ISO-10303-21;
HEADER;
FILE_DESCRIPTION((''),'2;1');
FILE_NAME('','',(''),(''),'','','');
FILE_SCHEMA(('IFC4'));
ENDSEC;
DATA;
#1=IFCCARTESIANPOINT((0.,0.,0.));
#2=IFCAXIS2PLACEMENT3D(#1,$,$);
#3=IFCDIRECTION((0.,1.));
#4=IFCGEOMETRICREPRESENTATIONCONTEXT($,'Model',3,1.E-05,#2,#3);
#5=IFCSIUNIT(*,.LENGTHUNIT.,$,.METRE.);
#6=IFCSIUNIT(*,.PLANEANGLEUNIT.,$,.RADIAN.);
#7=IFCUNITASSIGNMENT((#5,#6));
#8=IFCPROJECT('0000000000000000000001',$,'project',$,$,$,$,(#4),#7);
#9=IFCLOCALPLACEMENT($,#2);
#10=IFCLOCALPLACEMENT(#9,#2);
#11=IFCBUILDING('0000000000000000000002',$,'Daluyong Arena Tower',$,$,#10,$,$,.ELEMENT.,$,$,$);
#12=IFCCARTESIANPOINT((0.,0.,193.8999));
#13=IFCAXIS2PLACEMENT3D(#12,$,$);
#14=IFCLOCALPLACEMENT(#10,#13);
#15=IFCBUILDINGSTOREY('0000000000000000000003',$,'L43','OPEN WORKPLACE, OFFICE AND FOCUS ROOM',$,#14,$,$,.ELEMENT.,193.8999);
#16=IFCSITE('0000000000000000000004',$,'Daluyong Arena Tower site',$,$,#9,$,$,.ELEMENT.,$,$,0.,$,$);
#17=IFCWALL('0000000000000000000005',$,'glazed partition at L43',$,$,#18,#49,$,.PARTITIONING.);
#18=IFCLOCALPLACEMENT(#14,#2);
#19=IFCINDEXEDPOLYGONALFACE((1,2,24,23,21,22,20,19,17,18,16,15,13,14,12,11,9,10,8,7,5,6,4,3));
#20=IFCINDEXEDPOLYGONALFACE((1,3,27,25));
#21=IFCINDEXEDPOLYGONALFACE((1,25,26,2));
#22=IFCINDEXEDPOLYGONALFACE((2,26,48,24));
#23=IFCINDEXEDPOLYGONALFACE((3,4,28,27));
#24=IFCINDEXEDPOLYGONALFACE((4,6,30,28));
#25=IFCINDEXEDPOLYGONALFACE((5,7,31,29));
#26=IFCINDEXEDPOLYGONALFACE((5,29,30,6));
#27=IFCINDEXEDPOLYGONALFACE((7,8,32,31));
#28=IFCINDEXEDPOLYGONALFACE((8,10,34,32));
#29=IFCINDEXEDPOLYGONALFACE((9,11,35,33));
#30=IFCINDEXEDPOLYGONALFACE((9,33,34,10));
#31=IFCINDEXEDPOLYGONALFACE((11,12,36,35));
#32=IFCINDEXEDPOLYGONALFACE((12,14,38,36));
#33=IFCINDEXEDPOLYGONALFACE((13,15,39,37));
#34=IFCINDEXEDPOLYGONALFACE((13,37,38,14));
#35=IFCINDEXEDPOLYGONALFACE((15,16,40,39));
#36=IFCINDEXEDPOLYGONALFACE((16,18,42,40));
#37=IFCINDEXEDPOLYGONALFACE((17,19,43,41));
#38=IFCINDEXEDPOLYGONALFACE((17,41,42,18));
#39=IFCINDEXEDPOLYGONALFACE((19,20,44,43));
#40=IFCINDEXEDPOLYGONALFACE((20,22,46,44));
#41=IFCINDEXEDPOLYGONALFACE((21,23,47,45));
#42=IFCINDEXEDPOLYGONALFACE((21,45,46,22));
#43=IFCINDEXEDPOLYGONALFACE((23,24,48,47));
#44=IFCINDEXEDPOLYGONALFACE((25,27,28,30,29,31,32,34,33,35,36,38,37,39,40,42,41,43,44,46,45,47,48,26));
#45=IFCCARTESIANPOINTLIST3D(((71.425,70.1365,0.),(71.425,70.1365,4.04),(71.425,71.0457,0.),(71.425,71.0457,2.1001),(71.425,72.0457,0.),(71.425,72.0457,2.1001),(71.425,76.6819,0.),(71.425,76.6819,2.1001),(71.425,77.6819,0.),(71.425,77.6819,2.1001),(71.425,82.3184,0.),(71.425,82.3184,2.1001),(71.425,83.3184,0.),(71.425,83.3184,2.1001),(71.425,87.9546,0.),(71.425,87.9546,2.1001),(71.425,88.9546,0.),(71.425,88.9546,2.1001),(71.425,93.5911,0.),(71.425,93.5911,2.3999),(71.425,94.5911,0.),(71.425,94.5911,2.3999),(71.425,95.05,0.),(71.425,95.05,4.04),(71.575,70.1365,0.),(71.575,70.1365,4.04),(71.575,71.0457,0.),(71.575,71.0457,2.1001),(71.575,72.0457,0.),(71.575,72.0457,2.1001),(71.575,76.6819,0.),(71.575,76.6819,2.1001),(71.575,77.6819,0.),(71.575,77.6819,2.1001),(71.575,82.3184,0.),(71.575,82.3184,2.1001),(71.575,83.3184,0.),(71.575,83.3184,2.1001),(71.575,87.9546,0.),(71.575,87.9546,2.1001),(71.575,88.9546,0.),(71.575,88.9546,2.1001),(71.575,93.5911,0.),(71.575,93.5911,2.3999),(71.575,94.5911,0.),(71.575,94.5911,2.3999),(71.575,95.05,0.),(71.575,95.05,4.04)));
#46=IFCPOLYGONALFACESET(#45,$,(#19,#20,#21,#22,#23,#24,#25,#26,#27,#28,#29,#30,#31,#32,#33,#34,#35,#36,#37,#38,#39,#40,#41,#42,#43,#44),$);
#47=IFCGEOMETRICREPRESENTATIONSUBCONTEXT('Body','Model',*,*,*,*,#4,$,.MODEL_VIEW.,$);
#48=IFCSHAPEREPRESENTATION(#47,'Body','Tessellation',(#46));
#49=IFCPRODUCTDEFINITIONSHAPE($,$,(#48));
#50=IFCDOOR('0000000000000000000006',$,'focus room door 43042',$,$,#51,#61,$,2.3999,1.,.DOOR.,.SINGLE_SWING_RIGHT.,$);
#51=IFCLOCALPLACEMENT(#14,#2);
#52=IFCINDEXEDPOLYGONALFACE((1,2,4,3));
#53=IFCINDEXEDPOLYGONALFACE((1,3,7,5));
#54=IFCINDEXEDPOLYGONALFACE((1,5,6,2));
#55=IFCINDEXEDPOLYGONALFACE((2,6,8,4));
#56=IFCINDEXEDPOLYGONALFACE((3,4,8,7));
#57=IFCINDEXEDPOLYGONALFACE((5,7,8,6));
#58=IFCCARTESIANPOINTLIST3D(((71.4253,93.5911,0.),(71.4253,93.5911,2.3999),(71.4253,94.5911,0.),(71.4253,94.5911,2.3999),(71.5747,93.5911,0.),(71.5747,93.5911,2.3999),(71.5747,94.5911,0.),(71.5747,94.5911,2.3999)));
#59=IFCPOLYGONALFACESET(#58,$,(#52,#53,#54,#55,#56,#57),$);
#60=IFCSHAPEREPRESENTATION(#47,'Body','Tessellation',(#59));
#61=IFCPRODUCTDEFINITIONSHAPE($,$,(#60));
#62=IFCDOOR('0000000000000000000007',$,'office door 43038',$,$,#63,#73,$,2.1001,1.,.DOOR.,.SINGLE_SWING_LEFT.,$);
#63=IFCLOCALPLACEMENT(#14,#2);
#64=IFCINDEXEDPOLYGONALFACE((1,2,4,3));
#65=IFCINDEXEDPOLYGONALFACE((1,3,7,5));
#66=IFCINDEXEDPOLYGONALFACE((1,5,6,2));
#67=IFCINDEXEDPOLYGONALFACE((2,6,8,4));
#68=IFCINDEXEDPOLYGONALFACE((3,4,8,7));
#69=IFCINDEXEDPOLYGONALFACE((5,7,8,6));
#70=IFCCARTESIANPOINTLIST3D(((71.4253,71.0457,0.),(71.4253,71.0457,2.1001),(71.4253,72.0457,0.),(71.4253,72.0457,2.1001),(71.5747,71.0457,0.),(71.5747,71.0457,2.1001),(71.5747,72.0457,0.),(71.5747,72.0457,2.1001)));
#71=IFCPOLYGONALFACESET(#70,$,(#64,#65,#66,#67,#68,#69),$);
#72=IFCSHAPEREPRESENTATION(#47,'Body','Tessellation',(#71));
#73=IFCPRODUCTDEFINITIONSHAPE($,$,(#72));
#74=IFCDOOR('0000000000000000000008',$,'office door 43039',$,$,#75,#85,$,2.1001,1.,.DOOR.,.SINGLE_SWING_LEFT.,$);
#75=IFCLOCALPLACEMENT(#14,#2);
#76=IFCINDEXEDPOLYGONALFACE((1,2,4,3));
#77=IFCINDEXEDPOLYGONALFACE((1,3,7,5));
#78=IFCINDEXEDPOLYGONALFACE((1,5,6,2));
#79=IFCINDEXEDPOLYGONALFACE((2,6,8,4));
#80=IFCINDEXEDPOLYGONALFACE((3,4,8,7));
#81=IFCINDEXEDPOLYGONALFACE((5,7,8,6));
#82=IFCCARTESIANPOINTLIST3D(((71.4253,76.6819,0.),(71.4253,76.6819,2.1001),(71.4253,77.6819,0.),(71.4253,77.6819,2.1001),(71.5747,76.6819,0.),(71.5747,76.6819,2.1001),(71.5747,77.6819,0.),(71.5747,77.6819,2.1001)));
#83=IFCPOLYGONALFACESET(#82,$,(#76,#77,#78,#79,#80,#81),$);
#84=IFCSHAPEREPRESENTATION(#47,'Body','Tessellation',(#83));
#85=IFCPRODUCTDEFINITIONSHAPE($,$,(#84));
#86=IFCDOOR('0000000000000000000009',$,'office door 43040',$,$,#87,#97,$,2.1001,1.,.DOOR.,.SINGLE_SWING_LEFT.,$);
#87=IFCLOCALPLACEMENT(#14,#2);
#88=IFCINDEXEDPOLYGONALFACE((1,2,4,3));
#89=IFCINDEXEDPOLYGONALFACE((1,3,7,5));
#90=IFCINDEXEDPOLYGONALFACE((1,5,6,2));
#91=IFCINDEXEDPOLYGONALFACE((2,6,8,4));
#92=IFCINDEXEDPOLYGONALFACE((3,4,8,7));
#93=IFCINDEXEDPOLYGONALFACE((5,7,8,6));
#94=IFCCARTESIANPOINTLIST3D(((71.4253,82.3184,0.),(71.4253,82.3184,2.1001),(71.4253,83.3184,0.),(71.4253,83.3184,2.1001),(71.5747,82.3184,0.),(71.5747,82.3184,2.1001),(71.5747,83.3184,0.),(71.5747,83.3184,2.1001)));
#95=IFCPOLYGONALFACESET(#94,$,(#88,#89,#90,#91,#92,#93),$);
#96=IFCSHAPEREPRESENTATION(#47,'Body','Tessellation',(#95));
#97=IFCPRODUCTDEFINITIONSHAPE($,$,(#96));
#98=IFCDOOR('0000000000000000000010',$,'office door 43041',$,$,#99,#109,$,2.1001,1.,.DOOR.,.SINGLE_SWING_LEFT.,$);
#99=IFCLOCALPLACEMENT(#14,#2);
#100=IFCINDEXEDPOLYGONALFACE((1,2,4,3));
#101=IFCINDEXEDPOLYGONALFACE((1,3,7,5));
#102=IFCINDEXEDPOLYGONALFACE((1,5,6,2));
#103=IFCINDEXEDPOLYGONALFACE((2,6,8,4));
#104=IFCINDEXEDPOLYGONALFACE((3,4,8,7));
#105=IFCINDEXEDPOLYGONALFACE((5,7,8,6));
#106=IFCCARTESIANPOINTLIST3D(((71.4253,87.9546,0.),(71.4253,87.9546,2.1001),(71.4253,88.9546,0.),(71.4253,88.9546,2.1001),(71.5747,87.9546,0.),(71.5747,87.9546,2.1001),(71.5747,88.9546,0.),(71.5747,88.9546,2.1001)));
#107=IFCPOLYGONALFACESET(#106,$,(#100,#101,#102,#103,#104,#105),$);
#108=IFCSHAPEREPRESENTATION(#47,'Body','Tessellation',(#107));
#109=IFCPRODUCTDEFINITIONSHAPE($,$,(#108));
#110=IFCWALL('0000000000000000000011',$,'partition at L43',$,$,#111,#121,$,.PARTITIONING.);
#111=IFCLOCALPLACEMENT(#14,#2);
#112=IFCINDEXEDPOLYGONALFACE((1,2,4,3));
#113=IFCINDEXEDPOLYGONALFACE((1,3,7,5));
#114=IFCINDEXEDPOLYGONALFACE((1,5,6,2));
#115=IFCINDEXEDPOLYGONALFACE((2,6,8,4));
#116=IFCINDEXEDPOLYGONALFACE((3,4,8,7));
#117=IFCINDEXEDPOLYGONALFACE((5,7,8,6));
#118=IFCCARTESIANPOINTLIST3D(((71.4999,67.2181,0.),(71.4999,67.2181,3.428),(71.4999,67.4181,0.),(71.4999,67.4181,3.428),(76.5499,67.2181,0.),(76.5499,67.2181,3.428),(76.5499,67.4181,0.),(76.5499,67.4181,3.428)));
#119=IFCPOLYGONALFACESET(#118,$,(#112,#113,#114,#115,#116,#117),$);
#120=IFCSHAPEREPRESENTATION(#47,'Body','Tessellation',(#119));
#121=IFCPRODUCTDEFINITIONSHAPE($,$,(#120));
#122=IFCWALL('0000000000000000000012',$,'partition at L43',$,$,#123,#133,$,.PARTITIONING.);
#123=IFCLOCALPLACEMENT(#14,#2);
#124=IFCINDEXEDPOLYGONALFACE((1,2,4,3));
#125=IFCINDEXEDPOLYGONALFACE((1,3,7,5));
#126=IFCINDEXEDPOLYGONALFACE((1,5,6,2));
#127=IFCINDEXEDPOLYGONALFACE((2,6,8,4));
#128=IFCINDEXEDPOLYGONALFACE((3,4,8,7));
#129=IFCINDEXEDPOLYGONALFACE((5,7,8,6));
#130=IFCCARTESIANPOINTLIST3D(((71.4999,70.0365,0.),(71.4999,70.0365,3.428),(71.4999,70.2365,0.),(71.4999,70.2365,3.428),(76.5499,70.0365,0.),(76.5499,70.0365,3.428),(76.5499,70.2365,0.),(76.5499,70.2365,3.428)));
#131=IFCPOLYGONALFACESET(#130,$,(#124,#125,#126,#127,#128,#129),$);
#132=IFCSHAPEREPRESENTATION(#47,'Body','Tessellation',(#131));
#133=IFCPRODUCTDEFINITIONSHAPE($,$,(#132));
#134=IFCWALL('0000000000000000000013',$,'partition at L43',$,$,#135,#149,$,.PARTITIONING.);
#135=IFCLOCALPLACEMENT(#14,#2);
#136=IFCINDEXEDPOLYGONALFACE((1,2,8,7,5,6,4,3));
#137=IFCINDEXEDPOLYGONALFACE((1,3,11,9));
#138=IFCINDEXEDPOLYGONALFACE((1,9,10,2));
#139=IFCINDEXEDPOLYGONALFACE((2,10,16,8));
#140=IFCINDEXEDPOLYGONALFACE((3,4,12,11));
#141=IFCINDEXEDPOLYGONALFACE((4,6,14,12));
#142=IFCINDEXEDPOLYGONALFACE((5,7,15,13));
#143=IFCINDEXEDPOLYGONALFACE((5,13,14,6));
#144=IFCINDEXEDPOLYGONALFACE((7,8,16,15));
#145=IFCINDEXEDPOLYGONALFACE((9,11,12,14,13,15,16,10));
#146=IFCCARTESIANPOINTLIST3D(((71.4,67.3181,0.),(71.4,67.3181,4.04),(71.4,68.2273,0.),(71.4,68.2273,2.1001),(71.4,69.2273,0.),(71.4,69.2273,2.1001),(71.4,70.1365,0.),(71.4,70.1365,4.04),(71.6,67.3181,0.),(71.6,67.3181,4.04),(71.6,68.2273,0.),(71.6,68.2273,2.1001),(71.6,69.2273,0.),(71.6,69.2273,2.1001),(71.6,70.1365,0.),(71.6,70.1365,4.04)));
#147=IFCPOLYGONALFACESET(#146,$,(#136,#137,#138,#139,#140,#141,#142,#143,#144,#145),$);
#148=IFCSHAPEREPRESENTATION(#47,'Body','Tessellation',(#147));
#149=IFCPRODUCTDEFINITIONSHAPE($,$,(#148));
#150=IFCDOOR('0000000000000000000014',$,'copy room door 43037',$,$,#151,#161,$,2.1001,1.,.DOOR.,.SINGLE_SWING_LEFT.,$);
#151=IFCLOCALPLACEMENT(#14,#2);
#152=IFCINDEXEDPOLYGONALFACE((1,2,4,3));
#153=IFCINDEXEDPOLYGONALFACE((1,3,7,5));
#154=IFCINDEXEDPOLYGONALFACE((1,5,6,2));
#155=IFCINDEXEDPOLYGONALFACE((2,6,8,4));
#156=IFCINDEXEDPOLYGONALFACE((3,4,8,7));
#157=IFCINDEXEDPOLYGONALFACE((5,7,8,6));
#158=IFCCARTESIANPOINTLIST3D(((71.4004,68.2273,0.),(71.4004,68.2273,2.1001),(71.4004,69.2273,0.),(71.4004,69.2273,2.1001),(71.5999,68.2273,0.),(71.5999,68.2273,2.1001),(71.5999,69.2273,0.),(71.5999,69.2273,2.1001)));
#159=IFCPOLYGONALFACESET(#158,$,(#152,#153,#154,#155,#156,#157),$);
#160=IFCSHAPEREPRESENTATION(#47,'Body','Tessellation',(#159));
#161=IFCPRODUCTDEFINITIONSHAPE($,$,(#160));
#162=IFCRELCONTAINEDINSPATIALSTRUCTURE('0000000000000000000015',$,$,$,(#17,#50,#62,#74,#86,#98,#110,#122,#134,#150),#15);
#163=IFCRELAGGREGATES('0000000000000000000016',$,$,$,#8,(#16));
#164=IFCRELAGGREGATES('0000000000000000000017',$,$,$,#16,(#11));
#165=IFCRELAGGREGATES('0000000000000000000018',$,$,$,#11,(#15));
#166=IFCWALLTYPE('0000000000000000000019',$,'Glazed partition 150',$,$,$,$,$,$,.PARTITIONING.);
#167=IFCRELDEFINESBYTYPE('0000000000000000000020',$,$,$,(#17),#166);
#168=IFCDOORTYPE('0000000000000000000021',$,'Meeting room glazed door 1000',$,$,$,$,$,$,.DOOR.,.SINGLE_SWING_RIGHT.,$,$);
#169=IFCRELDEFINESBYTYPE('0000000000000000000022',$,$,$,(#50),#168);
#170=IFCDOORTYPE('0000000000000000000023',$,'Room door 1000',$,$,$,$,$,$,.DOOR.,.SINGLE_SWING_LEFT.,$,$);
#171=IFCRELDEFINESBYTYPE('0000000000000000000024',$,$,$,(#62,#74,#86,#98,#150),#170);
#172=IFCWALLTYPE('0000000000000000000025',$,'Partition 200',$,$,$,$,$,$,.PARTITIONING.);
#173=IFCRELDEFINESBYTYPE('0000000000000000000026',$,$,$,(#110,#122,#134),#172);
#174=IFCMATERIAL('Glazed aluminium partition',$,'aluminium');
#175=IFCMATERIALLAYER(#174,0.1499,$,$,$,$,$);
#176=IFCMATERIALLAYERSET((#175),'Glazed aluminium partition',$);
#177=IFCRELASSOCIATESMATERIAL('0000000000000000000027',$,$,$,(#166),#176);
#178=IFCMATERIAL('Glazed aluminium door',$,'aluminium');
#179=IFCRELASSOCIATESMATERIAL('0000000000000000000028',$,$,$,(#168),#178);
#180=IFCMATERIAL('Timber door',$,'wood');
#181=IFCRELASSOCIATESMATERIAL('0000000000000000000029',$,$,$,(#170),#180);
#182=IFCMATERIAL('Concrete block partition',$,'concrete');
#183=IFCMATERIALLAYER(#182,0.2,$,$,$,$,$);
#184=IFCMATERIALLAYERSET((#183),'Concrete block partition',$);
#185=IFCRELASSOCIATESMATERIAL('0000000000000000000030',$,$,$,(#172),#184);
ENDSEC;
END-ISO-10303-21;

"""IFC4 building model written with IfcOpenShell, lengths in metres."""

from ifc_helpers import new_model, si_unit, direction, frame, frame_2d, origin, place, context, subcontext, project, spatial, rectangle, extrude, material, layer, layer_set, type_object, element, fill, save


model = new_model("IFC4")

# Units and contexts
model_context = context("Model", 3, precision=1e-05, world=origin(), true_north=direction((0.0, 1.0)))
body_context = subcontext(model_context, "Body", "Model", "MODEL_VIEW")
ifc_project = project(units=[si_unit("LENGTHUNIT", "METRE"), si_unit("PLANEANGLEUNIT", "RADIAN")], contexts=[model_context])

# Site, building, storey
site_placement = place(None, origin())
site = spatial("IfcSite", under=ifc_project, at=site_placement, Name="Daluyong Arena Tower site", CompositionType="ELEMENT", RefElevation=0.0)
building_placement = place(site_placement, origin())
building = spatial("IfcBuilding", under=site, at=building_placement, Name="Daluyong Arena Tower", CompositionType="ELEMENT")
storey_placement = place(building_placement, frame((0.0, 0.0, 193.8999)))
storey = spatial("IfcBuildingStorey", under=building, at=storey_placement, Name="L43", Description="OPEN WORKPLACE, OFFICE AND FOCUS ROOM", CompositionType="ELEMENT", Elevation=193.8999)

# Shared definitions
ifc_material_1 = material(Name="Glazed aluminium partition", Category="aluminium")
ifc_layer_1 = layer(ifc_material_1, 0.1499)
ifc_layer_set_1 = layer_set([ifc_layer_1], Name="Glazed aluminium partition")
wall_type_1 = type_object("IfcWallType", Name="Glazed partition 150", PredefinedType="PARTITIONING", material=ifc_layer_set_1)
ifc_material_2 = material(Name="Glazed aluminium door", Category="aluminium")
door_type_1 = type_object("IfcDoorType", Name="Meeting room glazed door 1000", OperationType="SINGLE_SWING_RIGHT", PredefinedType="DOOR", material=ifc_material_2)

# Wall, openings, doors
wall_1_placement = place(storey_placement, frame((71.5, 70.1365, 0.0), z_axis=(0.0, 0.0, 1.0), x_axis=(0.0, 1.0, 0.0)))
wall_1 = element("IfcWall", 1, at=wall_1_placement, inside=storey, type_object=wall_type_1, Name="glazed partition at L43", PredefinedType="PARTITIONING", context=body_context, shape_type="SweptSolid", body=[
    extrude(rectangle(XDim=24.9136, YDim=0.1499, at=frame_2d((12.4568, 0.0))), origin(), (0.0, 0.0, 1.0), 4.04),
])
opening_1_placement = place(wall_1_placement, frame((0.9092, 0.0, 0.0)))
opening_1 = element("IfcOpeningElement", 2, at=opening_1_placement, cuts=wall_1, PredefinedType="OPENING", context=body_context, shape_type="SweptSolid", body=[
    extrude(rectangle(XDim=1.0, YDim=2.1001, at=frame_2d((0.5, 1.05))), frame((0.0, 0.085, 0.0), z_axis=(0.0, -1.0, 0.0), x_axis=(1.0, 0.0, 0.0)), (0.0, 0.0, 1.0), 0.1699),
])
opening_2_placement = place(wall_1_placement, frame((6.5454, 0.0, 0.0)))
opening_2 = element("IfcOpeningElement", 3, at=opening_2_placement, cuts=wall_1, PredefinedType="OPENING", context=body_context, shape_type="SweptSolid", body=[
    extrude(rectangle(XDim=1.0, YDim=2.1001, at=frame_2d((0.5, 1.05))), frame((0.0, 0.085, 0.0), z_axis=(0.0, -1.0, 0.0), x_axis=(1.0, 0.0, 0.0)), (0.0, 0.0, 1.0), 0.1699),
])
opening_3_placement = place(wall_1_placement, frame((12.1819, 0.0, 0.0)))
opening_3 = element("IfcOpeningElement", 4, at=opening_3_placement, cuts=wall_1, PredefinedType="OPENING", context=body_context, shape_type="SweptSolid", body=[
    extrude(rectangle(XDim=1.0, YDim=2.1001, at=frame_2d((0.5, 1.05))), frame((0.0, 0.085, 0.0), z_axis=(0.0, -1.0, 0.0), x_axis=(1.0, 0.0, 0.0)), (0.0, 0.0, 1.0), 0.1699),
])
opening_4_placement = place(wall_1_placement, frame((17.8181, 0.0, 0.0)))
opening_4 = element("IfcOpeningElement", 5, at=opening_4_placement, cuts=wall_1, PredefinedType="OPENING", context=body_context, shape_type="SweptSolid", body=[
    extrude(rectangle(XDim=1.0, YDim=2.1001, at=frame_2d((0.5, 1.05))), frame((0.0, 0.085, 0.0), z_axis=(0.0, -1.0, 0.0), x_axis=(1.0, 0.0, 0.0)), (0.0, 0.0, 1.0), 0.1699),
])
opening_5_placement = place(wall_1_placement, frame((23.4546, 0.0, 0.0)))
opening_5 = element("IfcOpeningElement", 6, at=opening_5_placement, cuts=wall_1, PredefinedType="OPENING", context=body_context, shape_type="SweptSolid", body=[
    extrude(rectangle(XDim=1.0, YDim=2.3999, at=frame_2d((0.5, 1.2))), frame((0.0, 0.085, 0.0), z_axis=(0.0, -1.0, 0.0), x_axis=(1.0, 0.0, 0.0)), (0.0, 0.0, 1.0), 0.1699),
])
door_1_placement = place(opening_5_placement, origin())
door_1 = element("IfcDoor", 7, at=door_1_placement, inside=storey, type_object=door_type_1, Name="focus room door 43042", OperationType="SINGLE_SWING_RIGHT", OverallHeight=2.3999, OverallWidth=1.0, PredefinedType="DOOR", context=body_context, shape_type="SweptSolid", body=[
    extrude(rectangle(XDim=1.0, YDim=2.3999, at=frame_2d((0.5, 1.2))), frame((0.0, 0.0747, 0.0), z_axis=(0.0, -1.0, 0.0), x_axis=(1.0, 0.0, 0.0)), (0.0, 0.0, 1.0), 0.1494),
])
fill(opening_5, door_1)
ifc_material_3 = material(Name="Timber door", Category="wood")
door_type_2 = type_object("IfcDoorType", Name="Room door 1000", OperationType="SINGLE_SWING_LEFT", PredefinedType="DOOR", material=ifc_material_3)
door_2_placement = place(opening_1_placement, origin())
door_2 = element("IfcDoor", 8, at=door_2_placement, inside=storey, type_object=door_type_2, Name="office door 43038", OperationType="SINGLE_SWING_LEFT", OverallHeight=2.1001, OverallWidth=1.0, PredefinedType="DOOR", context=body_context, shape_type="SweptSolid", body=[
    extrude(rectangle(XDim=1.0, YDim=2.1001, at=frame_2d((0.5, 1.05))), frame((0.0, 0.0747, 0.0), z_axis=(0.0, -1.0, 0.0), x_axis=(1.0, 0.0, 0.0)), (0.0, 0.0, 1.0), 0.1494),
])
fill(opening_1, door_2)
door_3_placement = place(opening_2_placement, origin())
door_3 = element("IfcDoor", 9, at=door_3_placement, inside=storey, type_object=door_type_2, Name="office door 43039", OperationType="SINGLE_SWING_LEFT", OverallHeight=2.1001, OverallWidth=1.0, PredefinedType="DOOR", context=body_context, shape_type="SweptSolid", body=[
    extrude(rectangle(XDim=1.0, YDim=2.1001, at=frame_2d((0.5, 1.05))), frame((0.0, 0.0747, 0.0), z_axis=(0.0, -1.0, 0.0), x_axis=(1.0, 0.0, 0.0)), (0.0, 0.0, 1.0), 0.1494),
])
fill(opening_2, door_3)
door_4_placement = place(opening_3_placement, origin())
door_4 = element("IfcDoor", 10, at=door_4_placement, inside=storey, type_object=door_type_2, Name="office door 43040", OperationType="SINGLE_SWING_LEFT", OverallHeight=2.1001, OverallWidth=1.0, PredefinedType="DOOR", context=body_context, shape_type="SweptSolid", body=[
    extrude(rectangle(XDim=1.0, YDim=2.1001, at=frame_2d((0.5, 1.05))), frame((0.0, 0.0747, 0.0), z_axis=(0.0, -1.0, 0.0), x_axis=(1.0, 0.0, 0.0)), (0.0, 0.0, 1.0), 0.1494),
])
fill(opening_3, door_4)
door_5_placement = place(opening_4_placement, origin())
door_5 = element("IfcDoor", 11, at=door_5_placement, inside=storey, type_object=door_type_2, Name="office door 43041", OperationType="SINGLE_SWING_LEFT", OverallHeight=2.1001, OverallWidth=1.0, PredefinedType="DOOR", context=body_context, shape_type="SweptSolid", body=[
    extrude(rectangle(XDim=1.0, YDim=2.1001, at=frame_2d((0.5, 1.05))), frame((0.0, 0.0747, 0.0), z_axis=(0.0, -1.0, 0.0), x_axis=(1.0, 0.0, 0.0)), (0.0, 0.0, 1.0), 0.1494),
])
fill(opening_4, door_5)

# Walls
ifc_material_4 = material(Name="Concrete block partition", Category="concrete")
ifc_layer_2 = layer(ifc_material_4, 0.2)
ifc_layer_set_2 = layer_set([ifc_layer_2], Name="Concrete block partition")
wall_type_2 = type_object("IfcWallType", Name="Partition 200", PredefinedType="PARTITIONING", material=ifc_layer_set_2)
for number, where, z_axis, x_axis, name in (
    (12, (71.5, 67.3181, 0.0), (0.0, 0.0, 1.0), (1.0, 0.0, 0.0), "partition at L43"),
    (13, (71.5, 70.1365, 0.0), (0.0, 0.0, 1.0), (1.0, 0.0, 0.0), "partition at L43"),
):
    element("IfcWall", number, at=place(storey_placement, frame(where, z_axis=z_axis, x_axis=x_axis)), inside=storey, type_object=wall_type_2, Name=name, PredefinedType="PARTITIONING", context=body_context, shape_type="SweptSolid", body=[
        extrude(rectangle(XDim=5.05, YDim=0.2, at=frame_2d((2.5249, 0.0))), origin(), (0.0, 0.0, 1.0), 3.428),
    ])

# Wall, opening, door
wall_2_placement = place(storey_placement, frame((71.5, 67.3181, 0.0), z_axis=(0.0, 0.0, 1.0), x_axis=(0.0, 1.0, 0.0)))
wall_2 = element("IfcWall", 14, at=wall_2_placement, inside=storey, type_object=wall_type_2, Name="partition at L43", PredefinedType="PARTITIONING", context=body_context, shape_type="SweptSolid", body=[
    extrude(rectangle(XDim=2.8184, YDim=0.2, at=frame_2d((1.4092, 0.0))), origin(), (0.0, 0.0, 1.0), 4.04),
])
opening_6_placement = place(wall_2_placement, frame((0.9092, 0.0, 0.0)))
opening_6 = element("IfcOpeningElement", 15, at=opening_6_placement, cuts=wall_2, PredefinedType="OPENING", context=body_context, shape_type="SweptSolid", body=[
    extrude(rectangle(XDim=1.0, YDim=2.1001, at=frame_2d((0.5, 1.05))), frame((0.0, 0.1099, 0.0), z_axis=(0.0, -1.0, 0.0), x_axis=(1.0, 0.0, 0.0)), (0.0, 0.0, 1.0), 0.22),
])
door_6_placement = place(opening_6_placement, origin())
door_6 = element("IfcDoor", 16, at=door_6_placement, inside=storey, type_object=door_type_2, Name="copy room door 43037", OperationType="SINGLE_SWING_LEFT", OverallHeight=2.1001, OverallWidth=1.0, PredefinedType="DOOR", context=body_context, shape_type="SweptSolid", body=[
    extrude(rectangle(XDim=1.0, YDim=2.1001, at=frame_2d((0.5, 1.05))), frame((0.0, 0.0996, 0.0), z_axis=(0.0, -1.0, 0.0), x_axis=(1.0, 0.0, 0.0)), (0.0, 0.0, 1.0), 0.1995),
])
fill(opening_6, door_6)

save(model, "model.ifc")
